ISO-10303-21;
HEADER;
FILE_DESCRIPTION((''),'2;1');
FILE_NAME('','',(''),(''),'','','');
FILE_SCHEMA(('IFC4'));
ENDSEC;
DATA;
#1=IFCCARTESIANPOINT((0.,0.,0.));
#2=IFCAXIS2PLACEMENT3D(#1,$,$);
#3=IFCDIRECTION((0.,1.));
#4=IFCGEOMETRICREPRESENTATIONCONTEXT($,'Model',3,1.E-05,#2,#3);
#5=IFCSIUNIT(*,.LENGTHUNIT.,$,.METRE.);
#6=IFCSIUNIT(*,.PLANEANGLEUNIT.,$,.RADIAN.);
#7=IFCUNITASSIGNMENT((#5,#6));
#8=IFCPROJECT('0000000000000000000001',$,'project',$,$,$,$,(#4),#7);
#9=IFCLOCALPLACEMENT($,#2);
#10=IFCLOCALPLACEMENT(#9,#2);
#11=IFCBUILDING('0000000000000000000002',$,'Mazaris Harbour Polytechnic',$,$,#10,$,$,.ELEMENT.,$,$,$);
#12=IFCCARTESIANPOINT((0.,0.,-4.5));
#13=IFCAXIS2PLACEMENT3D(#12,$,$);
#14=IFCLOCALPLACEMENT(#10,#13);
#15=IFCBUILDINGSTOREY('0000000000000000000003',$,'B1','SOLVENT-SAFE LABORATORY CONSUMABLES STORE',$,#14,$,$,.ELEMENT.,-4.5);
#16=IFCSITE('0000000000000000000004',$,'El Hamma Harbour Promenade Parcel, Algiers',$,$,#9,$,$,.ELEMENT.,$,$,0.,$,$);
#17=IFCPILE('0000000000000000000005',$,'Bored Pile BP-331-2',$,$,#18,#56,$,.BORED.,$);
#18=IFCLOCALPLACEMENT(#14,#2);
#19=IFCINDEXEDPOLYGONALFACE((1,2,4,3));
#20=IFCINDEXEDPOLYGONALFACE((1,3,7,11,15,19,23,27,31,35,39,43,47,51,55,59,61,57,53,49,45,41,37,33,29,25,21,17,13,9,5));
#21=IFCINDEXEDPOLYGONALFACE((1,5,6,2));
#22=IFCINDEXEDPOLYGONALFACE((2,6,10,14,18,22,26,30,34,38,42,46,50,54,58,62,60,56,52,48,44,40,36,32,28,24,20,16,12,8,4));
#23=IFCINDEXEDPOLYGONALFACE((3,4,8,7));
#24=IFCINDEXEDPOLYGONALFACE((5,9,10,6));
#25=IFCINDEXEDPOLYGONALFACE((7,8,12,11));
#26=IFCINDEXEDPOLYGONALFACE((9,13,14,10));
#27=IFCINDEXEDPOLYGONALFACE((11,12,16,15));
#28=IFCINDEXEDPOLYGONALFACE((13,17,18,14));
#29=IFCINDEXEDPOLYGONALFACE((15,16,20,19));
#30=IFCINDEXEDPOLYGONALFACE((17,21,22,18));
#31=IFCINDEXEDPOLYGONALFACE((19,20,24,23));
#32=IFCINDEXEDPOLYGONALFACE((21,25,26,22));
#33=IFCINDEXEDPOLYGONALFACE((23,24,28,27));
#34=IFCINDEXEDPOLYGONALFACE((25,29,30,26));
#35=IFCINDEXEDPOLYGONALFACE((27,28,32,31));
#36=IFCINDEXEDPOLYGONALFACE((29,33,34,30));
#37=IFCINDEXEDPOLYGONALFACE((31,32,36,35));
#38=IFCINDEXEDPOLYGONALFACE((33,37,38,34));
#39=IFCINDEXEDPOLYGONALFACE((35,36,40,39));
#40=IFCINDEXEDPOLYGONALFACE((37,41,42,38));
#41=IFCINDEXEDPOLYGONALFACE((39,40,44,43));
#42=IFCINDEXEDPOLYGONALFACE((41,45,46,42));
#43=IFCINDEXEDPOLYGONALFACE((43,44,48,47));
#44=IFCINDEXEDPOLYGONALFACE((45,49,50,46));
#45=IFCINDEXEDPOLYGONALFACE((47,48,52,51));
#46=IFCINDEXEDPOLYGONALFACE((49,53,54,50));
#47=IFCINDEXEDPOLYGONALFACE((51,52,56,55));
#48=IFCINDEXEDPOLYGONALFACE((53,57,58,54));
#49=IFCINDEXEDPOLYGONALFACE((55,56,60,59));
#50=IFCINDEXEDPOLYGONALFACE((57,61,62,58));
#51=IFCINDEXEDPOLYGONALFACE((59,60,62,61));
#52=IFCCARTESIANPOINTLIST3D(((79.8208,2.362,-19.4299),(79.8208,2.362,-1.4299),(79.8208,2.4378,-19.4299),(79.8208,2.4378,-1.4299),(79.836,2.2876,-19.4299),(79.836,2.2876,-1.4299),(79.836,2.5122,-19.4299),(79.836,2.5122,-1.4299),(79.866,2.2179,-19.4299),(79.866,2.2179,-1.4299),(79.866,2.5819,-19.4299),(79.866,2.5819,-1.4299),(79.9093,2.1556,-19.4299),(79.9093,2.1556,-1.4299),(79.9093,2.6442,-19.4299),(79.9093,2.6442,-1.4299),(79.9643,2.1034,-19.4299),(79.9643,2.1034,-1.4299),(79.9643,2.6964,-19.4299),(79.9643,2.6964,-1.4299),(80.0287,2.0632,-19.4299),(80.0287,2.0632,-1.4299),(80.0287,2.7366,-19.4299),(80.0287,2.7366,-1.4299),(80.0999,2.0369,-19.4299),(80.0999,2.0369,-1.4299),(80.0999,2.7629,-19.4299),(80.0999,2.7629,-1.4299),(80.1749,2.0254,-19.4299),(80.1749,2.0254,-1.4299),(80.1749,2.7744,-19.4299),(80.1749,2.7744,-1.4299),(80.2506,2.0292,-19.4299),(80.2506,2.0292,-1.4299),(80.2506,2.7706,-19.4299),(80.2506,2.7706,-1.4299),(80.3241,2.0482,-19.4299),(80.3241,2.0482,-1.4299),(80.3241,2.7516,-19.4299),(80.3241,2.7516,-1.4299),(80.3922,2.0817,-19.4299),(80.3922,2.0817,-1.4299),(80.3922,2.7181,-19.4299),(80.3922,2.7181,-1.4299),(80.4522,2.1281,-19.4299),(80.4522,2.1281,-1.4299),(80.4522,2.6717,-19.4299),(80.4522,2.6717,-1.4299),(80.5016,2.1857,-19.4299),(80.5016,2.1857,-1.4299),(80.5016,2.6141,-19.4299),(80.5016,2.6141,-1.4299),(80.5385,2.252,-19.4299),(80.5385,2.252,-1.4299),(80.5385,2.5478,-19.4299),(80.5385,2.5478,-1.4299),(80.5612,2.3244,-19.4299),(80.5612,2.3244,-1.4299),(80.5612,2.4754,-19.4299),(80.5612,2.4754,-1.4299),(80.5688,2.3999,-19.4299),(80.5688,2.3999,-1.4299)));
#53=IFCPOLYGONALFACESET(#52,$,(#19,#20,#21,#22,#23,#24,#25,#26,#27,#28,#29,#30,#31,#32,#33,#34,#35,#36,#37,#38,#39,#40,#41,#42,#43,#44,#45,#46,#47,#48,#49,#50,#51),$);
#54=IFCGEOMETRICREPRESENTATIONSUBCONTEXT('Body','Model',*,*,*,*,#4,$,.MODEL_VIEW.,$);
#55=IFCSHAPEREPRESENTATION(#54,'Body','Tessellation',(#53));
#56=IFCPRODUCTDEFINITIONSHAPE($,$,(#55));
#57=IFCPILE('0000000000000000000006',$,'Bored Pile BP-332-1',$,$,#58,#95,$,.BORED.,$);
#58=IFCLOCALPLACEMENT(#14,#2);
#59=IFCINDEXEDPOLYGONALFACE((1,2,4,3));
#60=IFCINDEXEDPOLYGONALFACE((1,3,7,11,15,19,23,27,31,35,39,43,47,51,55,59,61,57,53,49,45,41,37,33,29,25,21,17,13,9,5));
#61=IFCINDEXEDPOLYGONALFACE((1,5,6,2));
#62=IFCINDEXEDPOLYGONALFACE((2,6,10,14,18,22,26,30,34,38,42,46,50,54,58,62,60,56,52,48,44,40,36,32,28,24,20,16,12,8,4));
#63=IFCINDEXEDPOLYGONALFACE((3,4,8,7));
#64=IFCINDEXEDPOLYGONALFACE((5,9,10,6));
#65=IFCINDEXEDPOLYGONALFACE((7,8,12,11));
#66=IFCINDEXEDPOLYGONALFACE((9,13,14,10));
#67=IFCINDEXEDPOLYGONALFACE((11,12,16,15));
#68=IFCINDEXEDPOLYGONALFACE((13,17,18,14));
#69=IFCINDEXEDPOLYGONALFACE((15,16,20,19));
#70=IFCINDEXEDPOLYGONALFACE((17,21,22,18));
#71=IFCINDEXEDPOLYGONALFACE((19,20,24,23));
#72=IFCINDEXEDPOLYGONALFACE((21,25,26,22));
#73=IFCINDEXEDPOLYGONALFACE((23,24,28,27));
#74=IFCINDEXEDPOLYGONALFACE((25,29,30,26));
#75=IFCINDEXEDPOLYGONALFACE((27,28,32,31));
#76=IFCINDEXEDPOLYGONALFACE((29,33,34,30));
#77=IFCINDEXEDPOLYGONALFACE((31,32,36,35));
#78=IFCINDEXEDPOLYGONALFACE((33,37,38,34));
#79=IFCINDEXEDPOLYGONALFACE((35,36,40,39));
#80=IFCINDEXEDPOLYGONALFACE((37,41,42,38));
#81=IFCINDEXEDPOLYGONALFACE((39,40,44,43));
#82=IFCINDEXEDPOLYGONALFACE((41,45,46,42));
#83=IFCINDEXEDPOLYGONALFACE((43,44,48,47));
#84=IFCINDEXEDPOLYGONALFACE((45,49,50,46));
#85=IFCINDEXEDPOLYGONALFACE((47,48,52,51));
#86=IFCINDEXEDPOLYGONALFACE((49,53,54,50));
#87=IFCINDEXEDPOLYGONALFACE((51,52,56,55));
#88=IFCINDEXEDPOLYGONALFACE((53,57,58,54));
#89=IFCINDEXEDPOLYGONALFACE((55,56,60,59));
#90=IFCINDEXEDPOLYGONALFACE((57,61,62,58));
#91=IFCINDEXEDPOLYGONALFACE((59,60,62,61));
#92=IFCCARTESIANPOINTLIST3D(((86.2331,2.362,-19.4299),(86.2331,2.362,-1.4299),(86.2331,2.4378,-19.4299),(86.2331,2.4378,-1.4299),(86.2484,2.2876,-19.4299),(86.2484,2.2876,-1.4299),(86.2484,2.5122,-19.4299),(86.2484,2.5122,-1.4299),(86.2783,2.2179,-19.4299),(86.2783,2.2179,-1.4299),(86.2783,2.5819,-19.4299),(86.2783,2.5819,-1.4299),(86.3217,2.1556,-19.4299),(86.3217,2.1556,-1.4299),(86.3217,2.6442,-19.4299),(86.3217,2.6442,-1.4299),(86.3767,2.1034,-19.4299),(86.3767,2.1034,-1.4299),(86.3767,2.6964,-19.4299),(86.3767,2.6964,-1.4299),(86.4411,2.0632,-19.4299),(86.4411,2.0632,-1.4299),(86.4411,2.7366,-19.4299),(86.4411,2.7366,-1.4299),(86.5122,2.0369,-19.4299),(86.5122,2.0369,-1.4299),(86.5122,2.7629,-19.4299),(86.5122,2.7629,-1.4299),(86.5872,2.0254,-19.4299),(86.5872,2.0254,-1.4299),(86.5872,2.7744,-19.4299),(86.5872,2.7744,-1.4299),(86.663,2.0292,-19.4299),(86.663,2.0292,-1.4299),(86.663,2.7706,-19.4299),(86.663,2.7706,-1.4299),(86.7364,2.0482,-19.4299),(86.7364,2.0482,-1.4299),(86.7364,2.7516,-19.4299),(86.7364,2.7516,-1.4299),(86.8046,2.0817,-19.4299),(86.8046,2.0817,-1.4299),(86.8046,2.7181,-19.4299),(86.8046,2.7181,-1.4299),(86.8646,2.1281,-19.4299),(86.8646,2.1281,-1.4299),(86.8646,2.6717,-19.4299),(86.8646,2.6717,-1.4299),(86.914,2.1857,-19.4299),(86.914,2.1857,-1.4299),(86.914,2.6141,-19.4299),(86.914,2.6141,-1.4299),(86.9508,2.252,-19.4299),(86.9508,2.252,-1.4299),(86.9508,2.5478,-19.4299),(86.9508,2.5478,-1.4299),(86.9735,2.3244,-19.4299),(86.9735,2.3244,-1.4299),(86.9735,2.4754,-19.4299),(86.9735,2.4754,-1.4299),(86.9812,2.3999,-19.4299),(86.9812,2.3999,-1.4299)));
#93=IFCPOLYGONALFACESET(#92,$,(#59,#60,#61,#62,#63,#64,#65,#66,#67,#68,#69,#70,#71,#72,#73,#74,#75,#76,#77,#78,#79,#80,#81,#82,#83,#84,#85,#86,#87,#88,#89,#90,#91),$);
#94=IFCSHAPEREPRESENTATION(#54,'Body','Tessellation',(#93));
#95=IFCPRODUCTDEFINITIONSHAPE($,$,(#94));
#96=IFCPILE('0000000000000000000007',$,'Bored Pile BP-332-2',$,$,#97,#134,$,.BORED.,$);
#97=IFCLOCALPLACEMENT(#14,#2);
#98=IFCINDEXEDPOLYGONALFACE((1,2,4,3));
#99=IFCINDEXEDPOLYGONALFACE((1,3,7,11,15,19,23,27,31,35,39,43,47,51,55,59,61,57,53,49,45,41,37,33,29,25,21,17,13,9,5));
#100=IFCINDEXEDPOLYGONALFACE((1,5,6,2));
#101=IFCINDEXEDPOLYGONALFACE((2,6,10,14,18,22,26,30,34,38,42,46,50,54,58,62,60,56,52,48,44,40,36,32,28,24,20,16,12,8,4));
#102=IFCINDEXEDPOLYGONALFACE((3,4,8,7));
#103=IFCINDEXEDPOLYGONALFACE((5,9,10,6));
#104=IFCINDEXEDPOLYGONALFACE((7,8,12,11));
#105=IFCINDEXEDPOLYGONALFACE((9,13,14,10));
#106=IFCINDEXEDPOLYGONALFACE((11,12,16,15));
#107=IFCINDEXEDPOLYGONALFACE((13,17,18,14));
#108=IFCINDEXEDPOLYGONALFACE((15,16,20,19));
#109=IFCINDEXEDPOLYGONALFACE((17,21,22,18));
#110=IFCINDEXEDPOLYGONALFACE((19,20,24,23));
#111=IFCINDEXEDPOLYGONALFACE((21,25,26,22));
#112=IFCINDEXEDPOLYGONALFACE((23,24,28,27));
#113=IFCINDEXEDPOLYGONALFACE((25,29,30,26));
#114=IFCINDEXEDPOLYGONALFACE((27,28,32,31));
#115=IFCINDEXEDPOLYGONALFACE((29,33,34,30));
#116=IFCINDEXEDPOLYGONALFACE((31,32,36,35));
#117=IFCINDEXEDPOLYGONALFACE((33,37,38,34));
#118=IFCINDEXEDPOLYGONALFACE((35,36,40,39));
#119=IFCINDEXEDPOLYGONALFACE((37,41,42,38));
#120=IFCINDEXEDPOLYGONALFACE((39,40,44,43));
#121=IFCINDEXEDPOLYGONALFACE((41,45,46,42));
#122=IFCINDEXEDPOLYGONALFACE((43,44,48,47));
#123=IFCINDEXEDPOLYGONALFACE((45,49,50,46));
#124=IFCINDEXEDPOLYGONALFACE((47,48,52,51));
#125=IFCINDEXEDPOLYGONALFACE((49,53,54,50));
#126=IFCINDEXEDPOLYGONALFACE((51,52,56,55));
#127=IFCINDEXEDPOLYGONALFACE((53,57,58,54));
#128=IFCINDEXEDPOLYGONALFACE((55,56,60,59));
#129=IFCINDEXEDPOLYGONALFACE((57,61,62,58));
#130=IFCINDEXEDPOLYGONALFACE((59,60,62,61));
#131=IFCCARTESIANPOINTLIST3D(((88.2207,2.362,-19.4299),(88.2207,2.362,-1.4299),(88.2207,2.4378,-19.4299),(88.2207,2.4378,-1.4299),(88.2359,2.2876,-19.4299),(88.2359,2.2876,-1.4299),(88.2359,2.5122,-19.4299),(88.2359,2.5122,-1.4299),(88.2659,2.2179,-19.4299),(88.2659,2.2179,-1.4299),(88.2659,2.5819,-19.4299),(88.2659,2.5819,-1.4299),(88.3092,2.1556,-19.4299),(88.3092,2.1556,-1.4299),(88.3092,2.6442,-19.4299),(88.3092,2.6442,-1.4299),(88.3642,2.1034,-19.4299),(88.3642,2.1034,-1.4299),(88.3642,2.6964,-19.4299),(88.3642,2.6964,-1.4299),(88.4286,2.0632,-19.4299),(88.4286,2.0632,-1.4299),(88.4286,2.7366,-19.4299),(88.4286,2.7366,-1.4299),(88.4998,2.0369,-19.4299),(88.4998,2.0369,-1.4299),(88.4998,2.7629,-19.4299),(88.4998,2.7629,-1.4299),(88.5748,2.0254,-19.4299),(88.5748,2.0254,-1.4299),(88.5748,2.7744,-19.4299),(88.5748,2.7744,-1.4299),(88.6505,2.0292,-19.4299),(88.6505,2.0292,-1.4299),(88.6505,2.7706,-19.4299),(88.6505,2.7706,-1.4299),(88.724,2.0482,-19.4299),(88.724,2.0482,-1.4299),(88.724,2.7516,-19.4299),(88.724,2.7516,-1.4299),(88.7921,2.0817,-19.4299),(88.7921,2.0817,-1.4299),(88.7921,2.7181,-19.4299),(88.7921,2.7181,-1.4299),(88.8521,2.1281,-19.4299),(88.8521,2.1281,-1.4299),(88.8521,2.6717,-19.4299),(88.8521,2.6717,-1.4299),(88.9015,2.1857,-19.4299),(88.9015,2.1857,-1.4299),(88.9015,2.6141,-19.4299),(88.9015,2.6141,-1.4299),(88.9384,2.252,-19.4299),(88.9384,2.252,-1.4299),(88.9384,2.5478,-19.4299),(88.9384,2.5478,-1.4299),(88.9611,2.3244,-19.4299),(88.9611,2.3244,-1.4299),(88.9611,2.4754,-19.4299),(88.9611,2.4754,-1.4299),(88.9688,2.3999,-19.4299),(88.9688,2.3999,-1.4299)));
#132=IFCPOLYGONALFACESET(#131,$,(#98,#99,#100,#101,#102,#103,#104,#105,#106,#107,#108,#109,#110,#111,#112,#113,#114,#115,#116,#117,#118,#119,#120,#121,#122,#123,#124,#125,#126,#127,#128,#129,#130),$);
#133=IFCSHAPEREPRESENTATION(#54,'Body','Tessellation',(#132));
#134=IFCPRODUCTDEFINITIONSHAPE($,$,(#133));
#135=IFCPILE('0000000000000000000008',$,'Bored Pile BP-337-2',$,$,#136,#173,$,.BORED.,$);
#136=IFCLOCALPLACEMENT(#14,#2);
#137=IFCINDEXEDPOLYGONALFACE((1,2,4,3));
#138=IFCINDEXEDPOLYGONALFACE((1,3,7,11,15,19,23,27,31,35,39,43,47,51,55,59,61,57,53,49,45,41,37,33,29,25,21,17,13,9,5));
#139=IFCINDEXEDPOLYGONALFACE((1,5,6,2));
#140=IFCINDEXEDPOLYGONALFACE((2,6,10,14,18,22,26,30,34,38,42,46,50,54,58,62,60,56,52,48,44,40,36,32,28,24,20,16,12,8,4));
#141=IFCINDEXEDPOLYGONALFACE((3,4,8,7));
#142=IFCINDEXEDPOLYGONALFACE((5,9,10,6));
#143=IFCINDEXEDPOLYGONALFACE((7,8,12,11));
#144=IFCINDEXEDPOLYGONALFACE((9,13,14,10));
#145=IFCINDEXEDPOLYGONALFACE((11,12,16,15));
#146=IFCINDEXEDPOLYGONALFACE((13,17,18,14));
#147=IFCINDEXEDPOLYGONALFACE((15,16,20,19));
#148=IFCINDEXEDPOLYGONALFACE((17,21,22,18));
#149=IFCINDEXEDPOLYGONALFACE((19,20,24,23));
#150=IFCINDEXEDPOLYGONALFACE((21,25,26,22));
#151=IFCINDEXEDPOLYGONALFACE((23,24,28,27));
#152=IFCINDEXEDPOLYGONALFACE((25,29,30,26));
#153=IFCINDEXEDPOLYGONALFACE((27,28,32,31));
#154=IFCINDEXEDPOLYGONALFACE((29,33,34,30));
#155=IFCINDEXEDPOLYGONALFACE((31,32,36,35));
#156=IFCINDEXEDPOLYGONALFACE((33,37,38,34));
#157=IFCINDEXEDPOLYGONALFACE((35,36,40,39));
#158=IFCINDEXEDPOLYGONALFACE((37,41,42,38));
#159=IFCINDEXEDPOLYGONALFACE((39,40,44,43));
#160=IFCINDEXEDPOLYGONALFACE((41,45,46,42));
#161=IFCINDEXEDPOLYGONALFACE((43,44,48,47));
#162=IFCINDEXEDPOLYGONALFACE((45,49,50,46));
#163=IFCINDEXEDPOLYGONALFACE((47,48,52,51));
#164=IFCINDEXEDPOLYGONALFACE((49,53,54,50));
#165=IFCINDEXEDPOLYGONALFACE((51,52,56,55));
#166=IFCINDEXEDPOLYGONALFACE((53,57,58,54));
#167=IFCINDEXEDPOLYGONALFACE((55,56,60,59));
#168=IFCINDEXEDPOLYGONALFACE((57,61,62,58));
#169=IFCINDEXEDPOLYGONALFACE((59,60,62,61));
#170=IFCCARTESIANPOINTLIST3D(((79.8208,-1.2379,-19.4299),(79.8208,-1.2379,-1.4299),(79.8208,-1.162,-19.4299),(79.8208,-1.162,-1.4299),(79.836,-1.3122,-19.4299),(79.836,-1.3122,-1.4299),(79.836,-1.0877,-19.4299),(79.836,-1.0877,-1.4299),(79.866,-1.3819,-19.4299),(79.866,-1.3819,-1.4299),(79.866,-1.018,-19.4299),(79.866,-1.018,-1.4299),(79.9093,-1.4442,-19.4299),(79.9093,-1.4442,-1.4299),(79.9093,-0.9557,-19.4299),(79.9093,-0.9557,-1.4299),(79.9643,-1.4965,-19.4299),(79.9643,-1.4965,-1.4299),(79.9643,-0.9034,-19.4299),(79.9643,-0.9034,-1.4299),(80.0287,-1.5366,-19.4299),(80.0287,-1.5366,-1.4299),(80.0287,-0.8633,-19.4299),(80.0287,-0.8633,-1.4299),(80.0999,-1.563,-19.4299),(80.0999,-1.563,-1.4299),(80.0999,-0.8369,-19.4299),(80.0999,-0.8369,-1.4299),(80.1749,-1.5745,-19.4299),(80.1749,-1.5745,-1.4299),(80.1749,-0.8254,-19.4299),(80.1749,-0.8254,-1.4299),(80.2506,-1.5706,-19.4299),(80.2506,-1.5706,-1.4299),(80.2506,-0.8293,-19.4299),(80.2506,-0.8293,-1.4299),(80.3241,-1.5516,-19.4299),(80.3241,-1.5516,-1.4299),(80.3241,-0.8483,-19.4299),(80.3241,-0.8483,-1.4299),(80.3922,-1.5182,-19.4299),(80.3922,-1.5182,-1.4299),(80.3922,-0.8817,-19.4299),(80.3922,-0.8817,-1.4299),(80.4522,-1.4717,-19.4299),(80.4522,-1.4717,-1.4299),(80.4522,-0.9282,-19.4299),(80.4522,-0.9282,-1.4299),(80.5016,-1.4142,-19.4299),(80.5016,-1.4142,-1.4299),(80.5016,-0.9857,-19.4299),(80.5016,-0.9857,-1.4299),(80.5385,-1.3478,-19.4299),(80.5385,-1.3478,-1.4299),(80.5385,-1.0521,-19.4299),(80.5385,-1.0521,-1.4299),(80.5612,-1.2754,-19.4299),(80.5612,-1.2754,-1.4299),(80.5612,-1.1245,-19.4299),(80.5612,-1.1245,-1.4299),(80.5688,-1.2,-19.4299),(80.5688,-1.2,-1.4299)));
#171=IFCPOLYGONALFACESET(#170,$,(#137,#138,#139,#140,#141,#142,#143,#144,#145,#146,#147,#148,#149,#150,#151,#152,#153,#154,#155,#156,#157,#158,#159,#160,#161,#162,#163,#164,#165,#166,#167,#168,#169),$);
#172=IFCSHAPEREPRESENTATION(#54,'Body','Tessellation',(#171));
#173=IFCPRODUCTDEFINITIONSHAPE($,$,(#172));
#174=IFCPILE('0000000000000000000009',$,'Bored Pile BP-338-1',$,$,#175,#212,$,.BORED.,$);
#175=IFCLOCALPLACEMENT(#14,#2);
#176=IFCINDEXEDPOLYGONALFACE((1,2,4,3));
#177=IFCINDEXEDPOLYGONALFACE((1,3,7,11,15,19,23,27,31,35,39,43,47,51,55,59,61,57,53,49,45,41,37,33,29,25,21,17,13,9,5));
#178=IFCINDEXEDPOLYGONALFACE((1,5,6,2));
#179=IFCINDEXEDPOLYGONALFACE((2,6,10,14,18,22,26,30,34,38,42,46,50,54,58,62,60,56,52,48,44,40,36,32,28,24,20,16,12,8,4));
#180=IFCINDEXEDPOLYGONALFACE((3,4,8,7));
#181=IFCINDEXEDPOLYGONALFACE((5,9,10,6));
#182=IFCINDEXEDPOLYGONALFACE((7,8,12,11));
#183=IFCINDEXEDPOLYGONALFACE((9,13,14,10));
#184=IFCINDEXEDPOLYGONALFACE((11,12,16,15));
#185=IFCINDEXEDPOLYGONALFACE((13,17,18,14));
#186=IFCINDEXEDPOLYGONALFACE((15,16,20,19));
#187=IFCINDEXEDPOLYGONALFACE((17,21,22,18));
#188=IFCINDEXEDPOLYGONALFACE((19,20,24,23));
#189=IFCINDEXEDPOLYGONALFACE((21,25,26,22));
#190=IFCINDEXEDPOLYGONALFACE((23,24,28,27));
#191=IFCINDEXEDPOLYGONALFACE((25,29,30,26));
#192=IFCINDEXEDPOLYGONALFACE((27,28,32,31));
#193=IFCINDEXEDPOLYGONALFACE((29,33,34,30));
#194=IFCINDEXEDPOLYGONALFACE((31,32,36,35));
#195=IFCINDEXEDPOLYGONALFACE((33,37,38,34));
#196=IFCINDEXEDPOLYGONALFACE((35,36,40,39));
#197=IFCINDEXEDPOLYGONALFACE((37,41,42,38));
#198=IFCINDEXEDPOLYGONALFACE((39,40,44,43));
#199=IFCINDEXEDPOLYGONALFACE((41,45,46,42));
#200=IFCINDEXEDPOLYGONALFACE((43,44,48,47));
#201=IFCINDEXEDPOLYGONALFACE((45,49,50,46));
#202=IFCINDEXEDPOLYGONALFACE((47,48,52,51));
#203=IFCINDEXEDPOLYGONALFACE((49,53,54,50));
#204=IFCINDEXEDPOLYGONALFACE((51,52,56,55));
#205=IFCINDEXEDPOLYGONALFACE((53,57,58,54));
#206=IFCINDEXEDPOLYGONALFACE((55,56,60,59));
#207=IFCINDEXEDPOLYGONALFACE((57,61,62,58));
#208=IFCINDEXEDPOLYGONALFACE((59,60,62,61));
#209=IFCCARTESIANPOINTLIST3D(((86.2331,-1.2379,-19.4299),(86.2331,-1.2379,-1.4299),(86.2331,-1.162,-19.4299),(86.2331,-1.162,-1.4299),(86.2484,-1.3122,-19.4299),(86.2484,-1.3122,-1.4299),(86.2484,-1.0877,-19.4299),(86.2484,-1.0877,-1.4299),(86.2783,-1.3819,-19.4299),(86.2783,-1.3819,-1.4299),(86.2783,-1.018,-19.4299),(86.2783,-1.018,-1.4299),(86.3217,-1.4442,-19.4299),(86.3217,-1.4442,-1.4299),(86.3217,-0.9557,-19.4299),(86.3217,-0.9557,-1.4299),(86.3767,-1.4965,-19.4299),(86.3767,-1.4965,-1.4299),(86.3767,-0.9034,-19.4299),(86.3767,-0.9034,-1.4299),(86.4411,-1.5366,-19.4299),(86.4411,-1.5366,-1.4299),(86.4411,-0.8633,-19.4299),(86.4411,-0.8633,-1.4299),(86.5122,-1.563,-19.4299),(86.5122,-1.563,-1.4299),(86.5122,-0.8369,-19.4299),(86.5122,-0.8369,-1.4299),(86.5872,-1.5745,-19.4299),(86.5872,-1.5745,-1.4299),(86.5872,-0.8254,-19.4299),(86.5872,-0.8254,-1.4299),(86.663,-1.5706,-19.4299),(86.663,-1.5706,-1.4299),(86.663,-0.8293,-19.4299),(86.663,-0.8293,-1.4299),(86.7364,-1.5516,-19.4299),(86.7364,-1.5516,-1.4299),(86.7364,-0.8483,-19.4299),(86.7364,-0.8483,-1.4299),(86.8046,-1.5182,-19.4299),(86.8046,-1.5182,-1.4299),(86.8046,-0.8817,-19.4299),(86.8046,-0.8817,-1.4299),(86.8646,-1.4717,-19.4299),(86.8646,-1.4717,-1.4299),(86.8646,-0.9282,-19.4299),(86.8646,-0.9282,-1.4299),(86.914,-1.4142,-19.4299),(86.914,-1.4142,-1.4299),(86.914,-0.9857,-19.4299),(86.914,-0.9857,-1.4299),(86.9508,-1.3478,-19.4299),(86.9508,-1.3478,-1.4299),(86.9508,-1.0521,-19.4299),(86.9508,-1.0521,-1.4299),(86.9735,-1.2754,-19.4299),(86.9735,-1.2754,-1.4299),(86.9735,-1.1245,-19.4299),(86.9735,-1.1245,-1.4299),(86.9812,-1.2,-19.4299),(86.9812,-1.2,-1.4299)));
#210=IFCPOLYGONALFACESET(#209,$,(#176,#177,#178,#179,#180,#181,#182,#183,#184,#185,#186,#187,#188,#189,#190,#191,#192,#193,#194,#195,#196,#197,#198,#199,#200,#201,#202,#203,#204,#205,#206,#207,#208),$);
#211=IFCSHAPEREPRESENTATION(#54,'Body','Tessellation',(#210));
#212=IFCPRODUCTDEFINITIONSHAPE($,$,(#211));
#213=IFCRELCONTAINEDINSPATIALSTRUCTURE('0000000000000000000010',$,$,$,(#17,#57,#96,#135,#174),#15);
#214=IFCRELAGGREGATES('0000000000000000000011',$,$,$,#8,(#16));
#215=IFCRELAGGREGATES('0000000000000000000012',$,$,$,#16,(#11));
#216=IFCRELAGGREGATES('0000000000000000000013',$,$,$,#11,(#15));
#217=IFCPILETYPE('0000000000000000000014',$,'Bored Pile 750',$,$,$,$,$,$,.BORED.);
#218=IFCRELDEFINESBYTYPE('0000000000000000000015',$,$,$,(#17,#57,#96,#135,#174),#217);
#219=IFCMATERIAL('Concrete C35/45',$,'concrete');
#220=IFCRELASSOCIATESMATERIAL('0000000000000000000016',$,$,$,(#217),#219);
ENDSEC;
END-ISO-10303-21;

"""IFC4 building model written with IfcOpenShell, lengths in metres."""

from ifc_helpers import new_model, si_unit, direction, frame, origin, origin_2d, place, context, subcontext, project, spatial, circle, extrude, material, material_profile, profile_set, type_object, element, save


model = new_model("IFC4")

# Units and contexts
model_context = context("Model", 3, precision=1e-05, world=origin(), true_north=direction((0.0, 1.0)))
body_context = subcontext(model_context, "Body", "Model", "MODEL_VIEW")
ifc_project = project(units=[si_unit("LENGTHUNIT", "METRE"), si_unit("PLANEANGLEUNIT", "RADIAN")], contexts=[model_context])

# Site, building, storey
site_placement = place(None, origin())
site = spatial("IfcSite", under=ifc_project, at=site_placement, Name="El Hamma Harbour Promenade Parcel, Algiers", CompositionType="ELEMENT", RefElevation=0.0)
building_placement = place(site_placement, origin())
building = spatial("IfcBuilding", under=site, at=building_placement, Name="Mazaris Harbour Polytechnic", CompositionType="ELEMENT")
storey_placement = place(building_placement, frame((0.0, 0.0, -4.5)))
storey = spatial("IfcBuildingStorey", under=building, at=storey_placement, Name="B1", Description="SOLVENT-SAFE LABORATORY CONSUMABLES STORE", CompositionType="ELEMENT", Elevation=-4.5)

# Piles
ifc_material_1 = material(Name="Concrete C35/45", Category="concrete")
ifc_material_profile_1 = material_profile(ifc_material_1, circle(Radius=0.375, at=origin_2d()), Name="DIA750")
ifc_profile_set_1 = profile_set([ifc_material_profile_1], Name="Concrete C35/45")
pile_type_1 = type_object("IfcPileType", Name="Bored Pile 750", PredefinedType="BORED", material=ifc_profile_set_1)
for number, where, z_axis, x_axis, name in (
    (1, (80.1938, 2.3999, -1.4299), (0.0, 0.0, -1.0), (1.0, 0.0, 0.0), "Bored Pile BP-331-2"),
    (2, (86.6062, 2.3999, -1.4299), (0.0, 0.0, -1.0), (1.0, 0.0, 0.0), "Bored Pile BP-332-1"),
    (3, (88.5938, 2.3999, -1.4299), (0.0, 0.0, -1.0), (1.0, 0.0, 0.0), "Bored Pile BP-332-2"),
    (4, (80.1938, -1.2, -1.4299), (0.0, 0.0, -1.0), (1.0, 0.0, 0.0), "Bored Pile BP-337-2"),
    (5, (86.6062, -1.2, -1.4299), (0.0, 0.0, -1.0), (1.0, 0.0, 0.0), "Bored Pile BP-338-1"),
):
    element("IfcPile", number, at=place(storey_placement, frame(where, z_axis=z_axis, x_axis=x_axis)), inside=storey, type_object=pile_type_1, Name=name, PredefinedType="BORED", context=body_context, shape_type="SweptSolid", body=[
        extrude(circle(Radius=0.375, at=origin_2d()), origin(), (0.0, 0.0, 1.0), 18.0),
    ])

save(model, "model.ifc")
